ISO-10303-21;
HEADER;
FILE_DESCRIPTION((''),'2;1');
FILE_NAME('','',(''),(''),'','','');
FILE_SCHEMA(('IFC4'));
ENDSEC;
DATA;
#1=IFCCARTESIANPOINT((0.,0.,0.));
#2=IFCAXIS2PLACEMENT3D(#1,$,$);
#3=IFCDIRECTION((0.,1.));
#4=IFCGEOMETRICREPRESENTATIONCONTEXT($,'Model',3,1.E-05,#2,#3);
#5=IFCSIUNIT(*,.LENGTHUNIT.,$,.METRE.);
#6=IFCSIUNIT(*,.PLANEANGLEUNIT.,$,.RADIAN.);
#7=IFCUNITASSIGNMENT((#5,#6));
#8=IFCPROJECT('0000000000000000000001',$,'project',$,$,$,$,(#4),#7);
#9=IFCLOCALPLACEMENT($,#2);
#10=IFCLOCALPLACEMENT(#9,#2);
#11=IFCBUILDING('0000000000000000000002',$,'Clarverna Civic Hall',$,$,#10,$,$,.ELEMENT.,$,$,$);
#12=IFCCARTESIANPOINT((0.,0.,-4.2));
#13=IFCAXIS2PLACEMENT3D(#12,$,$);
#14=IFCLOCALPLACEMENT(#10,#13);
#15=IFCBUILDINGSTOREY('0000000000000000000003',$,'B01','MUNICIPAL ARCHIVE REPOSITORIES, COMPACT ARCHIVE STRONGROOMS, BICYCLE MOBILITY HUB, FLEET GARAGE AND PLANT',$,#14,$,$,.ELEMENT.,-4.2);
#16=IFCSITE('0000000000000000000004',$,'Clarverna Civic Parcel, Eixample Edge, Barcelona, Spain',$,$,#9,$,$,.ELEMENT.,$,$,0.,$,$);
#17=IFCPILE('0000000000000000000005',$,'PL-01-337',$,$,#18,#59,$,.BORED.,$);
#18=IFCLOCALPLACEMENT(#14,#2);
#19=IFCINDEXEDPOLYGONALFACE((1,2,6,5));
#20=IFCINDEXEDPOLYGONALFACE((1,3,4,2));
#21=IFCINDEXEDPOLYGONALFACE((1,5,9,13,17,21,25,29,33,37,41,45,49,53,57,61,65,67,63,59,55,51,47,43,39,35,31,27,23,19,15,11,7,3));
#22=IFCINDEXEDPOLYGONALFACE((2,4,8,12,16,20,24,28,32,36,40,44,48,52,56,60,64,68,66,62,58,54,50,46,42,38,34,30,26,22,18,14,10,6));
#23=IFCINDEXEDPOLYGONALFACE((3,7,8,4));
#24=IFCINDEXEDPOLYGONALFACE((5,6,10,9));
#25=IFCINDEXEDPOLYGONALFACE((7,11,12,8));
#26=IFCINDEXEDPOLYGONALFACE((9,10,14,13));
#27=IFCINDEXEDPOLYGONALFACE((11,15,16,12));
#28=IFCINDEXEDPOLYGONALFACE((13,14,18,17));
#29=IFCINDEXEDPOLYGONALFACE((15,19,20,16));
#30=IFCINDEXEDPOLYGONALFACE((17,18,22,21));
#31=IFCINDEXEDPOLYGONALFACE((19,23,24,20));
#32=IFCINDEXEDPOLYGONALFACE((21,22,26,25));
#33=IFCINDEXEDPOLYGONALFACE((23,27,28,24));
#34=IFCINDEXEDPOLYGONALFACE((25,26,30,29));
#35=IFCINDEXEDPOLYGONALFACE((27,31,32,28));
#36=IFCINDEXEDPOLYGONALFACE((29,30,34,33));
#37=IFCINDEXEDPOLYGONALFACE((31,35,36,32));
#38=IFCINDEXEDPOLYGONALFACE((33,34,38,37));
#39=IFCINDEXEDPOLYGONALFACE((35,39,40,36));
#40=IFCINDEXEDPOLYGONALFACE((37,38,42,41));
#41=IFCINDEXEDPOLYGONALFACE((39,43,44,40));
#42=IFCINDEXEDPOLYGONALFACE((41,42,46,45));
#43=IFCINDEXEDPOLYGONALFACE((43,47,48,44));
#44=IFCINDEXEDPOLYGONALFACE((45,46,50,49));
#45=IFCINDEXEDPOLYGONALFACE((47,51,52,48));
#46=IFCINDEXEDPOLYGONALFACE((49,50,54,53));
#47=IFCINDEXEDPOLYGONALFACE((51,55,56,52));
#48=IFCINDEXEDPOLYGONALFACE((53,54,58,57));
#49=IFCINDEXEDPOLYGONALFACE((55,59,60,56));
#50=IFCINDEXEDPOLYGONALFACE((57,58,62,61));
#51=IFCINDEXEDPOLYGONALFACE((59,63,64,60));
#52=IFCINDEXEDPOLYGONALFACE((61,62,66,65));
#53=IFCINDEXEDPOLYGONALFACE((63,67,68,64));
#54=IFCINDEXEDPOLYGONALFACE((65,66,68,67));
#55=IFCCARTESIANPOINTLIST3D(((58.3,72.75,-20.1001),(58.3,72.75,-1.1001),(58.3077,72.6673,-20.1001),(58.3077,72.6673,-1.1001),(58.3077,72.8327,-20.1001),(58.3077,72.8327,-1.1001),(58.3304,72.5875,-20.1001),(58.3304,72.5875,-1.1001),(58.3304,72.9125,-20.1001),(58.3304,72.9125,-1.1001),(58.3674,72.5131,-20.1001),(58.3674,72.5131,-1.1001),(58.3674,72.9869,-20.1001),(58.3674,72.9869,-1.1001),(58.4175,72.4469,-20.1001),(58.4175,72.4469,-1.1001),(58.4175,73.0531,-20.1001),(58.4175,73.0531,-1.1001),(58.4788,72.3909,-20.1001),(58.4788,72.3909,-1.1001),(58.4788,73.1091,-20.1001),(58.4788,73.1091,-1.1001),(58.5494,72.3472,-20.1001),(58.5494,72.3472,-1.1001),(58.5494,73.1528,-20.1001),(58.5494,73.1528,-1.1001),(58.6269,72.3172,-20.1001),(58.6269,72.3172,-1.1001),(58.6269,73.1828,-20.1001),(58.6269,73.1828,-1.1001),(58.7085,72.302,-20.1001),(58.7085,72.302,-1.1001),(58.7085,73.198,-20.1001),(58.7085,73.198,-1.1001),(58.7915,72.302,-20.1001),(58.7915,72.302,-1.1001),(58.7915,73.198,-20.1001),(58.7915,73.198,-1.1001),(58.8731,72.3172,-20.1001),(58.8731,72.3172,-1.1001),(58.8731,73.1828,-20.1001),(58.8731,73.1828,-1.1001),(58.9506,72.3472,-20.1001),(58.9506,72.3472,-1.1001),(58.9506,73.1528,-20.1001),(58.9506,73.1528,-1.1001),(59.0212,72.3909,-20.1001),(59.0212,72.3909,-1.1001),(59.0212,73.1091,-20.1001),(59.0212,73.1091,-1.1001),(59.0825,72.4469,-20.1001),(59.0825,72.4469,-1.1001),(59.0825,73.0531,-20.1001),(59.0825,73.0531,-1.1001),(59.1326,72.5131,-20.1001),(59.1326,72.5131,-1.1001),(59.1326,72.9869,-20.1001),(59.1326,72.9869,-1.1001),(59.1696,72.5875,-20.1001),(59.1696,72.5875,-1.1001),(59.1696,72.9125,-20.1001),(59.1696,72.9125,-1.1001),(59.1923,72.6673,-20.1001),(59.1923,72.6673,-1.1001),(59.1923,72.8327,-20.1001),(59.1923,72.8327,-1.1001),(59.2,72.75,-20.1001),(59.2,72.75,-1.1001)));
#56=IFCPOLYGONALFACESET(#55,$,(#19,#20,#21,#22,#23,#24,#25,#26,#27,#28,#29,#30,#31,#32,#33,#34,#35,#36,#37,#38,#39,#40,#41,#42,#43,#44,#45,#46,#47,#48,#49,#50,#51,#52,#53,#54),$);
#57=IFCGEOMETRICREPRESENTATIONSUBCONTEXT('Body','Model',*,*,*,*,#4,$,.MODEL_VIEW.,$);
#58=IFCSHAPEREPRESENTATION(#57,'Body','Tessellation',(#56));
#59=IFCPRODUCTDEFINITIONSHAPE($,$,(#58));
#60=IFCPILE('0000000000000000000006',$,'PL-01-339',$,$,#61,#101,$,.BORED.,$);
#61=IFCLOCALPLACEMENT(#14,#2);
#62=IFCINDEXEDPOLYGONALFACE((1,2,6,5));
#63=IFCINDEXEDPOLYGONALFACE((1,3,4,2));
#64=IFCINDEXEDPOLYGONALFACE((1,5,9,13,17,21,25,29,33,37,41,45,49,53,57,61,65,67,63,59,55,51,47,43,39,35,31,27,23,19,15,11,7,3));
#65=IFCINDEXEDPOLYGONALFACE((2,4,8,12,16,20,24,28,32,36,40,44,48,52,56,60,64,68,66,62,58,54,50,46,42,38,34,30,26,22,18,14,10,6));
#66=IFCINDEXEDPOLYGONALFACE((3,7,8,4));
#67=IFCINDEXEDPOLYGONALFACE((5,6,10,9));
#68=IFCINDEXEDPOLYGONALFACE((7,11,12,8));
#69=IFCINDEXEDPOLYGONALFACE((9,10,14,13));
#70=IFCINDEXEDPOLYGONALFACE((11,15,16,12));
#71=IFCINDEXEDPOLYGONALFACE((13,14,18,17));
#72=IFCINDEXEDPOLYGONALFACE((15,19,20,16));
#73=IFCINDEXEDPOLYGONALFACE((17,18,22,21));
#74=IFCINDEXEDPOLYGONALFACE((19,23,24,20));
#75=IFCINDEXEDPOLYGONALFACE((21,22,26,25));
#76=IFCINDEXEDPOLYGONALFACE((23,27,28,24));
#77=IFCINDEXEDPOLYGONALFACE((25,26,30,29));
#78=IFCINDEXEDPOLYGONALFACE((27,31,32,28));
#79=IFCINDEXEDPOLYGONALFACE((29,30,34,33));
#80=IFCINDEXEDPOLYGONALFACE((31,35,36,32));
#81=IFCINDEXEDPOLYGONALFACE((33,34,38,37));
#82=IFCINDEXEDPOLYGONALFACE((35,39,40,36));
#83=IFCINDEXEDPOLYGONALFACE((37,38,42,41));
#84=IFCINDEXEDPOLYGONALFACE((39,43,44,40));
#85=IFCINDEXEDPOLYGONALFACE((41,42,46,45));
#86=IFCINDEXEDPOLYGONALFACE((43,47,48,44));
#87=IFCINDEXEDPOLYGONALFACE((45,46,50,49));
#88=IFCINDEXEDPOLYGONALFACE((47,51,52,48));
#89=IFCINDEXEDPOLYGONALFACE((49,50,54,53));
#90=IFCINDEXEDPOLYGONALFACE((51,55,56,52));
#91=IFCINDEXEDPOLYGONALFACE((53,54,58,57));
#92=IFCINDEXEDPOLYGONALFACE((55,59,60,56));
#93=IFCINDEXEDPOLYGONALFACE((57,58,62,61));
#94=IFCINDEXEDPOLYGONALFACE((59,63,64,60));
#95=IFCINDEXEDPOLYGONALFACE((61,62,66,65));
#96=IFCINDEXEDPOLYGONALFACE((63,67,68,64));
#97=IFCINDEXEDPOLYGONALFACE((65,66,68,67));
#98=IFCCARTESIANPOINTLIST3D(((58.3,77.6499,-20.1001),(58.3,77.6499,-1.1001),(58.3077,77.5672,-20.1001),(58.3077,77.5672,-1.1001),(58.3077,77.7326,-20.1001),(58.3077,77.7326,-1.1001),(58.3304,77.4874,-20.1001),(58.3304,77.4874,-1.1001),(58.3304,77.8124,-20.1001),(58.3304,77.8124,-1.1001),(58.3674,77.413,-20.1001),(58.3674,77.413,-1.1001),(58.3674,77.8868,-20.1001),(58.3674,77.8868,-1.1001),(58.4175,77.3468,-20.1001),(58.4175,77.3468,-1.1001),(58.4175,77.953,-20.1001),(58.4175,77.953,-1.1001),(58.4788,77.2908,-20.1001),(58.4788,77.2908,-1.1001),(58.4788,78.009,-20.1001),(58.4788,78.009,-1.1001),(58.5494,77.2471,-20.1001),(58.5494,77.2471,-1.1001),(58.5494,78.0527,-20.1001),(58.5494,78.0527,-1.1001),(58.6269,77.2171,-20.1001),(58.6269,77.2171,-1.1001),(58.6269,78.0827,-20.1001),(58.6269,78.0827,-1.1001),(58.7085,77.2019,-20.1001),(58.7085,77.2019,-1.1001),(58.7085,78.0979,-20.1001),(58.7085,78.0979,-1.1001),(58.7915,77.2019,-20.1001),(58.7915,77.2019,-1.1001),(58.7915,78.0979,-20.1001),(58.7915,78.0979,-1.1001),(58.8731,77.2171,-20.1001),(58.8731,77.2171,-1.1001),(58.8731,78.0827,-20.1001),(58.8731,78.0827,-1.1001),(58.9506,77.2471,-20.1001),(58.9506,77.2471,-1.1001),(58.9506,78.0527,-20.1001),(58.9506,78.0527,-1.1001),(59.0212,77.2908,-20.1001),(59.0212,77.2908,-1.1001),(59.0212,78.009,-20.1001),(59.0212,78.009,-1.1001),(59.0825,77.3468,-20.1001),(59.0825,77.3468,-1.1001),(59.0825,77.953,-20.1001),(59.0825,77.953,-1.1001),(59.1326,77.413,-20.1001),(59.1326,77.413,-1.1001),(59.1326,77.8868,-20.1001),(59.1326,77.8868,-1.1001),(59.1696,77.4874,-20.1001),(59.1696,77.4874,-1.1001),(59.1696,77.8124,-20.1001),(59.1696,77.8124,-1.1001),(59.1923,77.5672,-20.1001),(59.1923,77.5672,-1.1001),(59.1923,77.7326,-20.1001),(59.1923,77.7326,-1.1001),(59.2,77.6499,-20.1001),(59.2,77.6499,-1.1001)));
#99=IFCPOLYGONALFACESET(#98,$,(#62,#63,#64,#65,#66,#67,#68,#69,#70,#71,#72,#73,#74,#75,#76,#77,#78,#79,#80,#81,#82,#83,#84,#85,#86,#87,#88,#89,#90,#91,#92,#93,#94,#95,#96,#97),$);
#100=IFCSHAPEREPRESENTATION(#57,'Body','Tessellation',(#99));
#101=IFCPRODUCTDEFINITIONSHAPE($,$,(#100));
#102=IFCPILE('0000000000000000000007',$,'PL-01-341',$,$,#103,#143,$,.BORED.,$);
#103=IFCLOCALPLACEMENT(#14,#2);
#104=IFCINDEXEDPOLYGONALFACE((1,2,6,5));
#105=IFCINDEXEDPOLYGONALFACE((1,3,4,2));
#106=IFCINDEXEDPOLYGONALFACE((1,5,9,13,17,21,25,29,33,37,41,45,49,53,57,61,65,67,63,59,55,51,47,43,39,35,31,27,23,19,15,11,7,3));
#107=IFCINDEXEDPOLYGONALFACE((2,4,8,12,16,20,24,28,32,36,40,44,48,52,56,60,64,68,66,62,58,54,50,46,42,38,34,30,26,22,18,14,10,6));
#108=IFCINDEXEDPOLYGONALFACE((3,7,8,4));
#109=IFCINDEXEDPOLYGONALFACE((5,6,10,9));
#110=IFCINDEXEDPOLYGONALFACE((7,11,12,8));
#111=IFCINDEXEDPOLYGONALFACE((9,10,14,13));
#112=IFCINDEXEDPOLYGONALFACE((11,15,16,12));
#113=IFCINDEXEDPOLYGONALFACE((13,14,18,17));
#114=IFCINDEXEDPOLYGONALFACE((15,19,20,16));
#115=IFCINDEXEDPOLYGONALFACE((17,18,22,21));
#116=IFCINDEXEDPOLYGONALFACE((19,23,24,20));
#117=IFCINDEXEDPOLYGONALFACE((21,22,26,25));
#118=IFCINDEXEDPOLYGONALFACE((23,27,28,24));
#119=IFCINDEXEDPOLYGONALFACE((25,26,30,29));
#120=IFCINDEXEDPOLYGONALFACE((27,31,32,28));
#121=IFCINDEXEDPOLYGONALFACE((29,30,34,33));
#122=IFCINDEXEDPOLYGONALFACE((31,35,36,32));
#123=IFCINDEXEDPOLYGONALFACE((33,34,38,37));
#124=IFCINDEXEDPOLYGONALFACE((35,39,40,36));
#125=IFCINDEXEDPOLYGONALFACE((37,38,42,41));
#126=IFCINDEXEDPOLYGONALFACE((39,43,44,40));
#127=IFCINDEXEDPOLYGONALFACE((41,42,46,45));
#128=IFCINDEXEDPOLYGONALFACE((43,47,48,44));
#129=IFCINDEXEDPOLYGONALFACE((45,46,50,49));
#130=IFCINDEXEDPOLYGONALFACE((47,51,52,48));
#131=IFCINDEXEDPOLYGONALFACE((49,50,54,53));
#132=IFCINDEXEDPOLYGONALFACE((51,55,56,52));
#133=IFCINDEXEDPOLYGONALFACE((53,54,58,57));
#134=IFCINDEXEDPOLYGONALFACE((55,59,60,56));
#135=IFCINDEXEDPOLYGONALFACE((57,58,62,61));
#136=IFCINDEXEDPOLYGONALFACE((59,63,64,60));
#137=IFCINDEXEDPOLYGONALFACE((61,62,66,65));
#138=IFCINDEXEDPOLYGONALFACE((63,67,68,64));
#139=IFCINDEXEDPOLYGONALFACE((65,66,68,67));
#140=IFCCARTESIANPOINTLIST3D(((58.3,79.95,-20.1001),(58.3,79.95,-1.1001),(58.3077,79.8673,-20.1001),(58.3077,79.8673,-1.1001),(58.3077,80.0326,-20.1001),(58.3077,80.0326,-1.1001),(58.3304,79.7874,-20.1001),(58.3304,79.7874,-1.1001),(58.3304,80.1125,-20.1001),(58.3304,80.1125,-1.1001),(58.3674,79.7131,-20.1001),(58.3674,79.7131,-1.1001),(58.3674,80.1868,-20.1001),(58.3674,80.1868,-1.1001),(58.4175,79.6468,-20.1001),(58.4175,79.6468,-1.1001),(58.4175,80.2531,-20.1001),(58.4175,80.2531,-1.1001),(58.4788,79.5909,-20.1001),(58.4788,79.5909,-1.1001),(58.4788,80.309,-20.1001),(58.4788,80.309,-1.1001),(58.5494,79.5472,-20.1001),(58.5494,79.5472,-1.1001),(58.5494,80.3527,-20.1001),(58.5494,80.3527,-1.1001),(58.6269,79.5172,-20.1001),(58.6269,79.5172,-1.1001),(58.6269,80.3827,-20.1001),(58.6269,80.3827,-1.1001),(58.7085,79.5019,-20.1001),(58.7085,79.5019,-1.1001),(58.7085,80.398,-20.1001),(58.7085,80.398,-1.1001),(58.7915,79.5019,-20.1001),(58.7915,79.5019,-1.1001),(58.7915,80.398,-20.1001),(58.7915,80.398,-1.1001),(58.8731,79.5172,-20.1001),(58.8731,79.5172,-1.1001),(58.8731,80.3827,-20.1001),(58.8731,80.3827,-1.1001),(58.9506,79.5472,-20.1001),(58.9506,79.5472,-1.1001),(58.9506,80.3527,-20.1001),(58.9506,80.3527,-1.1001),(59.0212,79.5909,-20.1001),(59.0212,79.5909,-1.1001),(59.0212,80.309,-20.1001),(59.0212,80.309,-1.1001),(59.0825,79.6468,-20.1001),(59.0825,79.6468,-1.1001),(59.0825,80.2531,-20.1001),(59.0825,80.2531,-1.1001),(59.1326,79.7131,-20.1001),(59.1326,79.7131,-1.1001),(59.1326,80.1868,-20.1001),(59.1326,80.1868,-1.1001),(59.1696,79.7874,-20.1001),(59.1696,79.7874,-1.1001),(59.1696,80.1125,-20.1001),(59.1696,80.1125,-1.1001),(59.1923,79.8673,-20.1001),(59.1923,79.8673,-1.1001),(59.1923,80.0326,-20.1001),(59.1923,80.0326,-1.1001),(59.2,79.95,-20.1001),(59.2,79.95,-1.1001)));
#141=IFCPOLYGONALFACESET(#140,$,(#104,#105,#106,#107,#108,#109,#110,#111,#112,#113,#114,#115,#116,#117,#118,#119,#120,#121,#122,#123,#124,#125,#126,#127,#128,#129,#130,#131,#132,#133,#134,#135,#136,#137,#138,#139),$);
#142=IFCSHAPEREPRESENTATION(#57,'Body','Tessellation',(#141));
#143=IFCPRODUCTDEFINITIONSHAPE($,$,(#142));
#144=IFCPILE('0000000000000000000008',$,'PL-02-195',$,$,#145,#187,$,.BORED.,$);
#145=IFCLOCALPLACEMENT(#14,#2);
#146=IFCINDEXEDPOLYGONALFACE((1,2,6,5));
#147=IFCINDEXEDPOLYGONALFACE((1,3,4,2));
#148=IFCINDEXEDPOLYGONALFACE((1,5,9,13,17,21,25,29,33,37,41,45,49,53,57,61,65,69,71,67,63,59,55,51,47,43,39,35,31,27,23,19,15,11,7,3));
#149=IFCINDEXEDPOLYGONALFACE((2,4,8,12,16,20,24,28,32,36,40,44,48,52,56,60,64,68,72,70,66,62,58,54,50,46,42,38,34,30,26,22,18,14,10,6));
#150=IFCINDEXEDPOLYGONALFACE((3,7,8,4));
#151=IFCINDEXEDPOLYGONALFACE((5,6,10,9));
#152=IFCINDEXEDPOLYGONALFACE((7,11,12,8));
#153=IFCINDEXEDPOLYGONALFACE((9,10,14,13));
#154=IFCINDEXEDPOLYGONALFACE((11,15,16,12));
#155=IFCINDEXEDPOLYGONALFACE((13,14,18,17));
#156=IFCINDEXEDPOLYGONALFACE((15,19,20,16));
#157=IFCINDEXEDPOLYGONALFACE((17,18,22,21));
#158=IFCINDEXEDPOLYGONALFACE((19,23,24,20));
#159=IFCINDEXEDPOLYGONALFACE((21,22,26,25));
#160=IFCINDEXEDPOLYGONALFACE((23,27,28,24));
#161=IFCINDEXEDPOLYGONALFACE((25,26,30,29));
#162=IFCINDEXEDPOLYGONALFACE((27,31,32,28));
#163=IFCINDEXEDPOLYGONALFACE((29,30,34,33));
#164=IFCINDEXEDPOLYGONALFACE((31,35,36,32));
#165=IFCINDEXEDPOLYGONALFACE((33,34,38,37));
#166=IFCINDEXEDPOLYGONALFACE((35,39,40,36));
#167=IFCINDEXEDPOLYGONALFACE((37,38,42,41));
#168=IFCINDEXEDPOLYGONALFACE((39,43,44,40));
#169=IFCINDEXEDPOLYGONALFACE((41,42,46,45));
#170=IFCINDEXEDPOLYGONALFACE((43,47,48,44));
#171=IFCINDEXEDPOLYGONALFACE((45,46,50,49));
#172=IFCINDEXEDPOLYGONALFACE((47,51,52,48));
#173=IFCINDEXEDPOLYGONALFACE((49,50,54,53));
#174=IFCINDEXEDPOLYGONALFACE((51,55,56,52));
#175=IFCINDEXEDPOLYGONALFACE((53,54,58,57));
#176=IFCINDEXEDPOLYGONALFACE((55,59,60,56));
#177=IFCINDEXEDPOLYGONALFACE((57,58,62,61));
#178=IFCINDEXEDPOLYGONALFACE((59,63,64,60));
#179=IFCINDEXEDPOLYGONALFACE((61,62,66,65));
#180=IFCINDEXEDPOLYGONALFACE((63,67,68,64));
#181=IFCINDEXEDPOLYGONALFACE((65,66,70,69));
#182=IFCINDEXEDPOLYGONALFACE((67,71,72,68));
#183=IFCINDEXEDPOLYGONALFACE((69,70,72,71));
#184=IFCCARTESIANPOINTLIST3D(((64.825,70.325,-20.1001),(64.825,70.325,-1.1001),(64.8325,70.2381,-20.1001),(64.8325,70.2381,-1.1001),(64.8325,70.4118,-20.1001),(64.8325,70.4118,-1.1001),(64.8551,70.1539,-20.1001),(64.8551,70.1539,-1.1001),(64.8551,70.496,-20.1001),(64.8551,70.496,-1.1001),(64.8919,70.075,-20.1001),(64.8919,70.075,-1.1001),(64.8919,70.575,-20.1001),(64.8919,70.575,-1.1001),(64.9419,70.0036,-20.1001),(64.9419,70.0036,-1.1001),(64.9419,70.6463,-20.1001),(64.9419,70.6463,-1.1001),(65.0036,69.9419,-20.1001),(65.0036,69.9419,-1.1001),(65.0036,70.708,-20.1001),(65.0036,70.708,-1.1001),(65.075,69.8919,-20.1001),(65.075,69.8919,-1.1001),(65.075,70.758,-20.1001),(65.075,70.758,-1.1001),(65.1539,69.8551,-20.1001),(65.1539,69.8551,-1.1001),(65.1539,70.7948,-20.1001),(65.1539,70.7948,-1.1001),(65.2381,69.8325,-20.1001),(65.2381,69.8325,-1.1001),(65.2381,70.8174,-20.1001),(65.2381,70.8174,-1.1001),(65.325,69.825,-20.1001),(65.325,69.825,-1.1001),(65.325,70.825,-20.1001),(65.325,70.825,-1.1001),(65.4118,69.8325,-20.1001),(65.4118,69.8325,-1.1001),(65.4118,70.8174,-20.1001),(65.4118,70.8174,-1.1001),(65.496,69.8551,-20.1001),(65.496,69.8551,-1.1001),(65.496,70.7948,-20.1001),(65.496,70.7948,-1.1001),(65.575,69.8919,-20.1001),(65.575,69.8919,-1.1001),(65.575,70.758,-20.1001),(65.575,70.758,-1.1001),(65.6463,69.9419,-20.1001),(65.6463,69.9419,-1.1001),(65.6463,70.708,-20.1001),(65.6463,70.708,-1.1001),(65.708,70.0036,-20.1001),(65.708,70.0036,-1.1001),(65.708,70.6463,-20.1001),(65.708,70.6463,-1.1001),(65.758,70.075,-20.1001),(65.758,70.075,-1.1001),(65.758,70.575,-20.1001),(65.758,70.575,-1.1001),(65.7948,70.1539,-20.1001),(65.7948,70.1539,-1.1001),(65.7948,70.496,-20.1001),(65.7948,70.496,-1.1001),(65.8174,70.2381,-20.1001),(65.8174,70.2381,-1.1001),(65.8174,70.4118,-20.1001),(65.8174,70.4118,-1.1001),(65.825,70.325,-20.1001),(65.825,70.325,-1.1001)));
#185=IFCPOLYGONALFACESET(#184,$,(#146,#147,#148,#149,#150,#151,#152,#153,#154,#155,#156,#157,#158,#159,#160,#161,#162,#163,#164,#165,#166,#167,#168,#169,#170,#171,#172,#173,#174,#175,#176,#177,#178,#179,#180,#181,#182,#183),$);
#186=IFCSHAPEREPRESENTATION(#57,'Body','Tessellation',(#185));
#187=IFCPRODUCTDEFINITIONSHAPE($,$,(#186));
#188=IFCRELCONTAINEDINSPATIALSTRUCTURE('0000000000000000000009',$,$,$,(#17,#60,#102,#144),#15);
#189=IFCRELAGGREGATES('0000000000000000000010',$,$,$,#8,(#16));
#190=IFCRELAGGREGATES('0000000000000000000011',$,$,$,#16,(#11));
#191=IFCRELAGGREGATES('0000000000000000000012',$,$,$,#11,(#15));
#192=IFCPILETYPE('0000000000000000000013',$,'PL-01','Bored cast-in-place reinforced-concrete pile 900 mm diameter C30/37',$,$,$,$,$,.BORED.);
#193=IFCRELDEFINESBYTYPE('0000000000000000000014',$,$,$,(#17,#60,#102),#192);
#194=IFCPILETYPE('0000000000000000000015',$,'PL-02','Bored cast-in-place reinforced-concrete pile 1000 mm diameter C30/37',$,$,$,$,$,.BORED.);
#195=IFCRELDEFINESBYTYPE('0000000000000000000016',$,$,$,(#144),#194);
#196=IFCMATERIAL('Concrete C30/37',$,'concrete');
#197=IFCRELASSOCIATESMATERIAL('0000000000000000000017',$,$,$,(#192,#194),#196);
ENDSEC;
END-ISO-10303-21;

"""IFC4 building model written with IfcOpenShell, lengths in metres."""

from ifc_helpers import new_model, si_unit, direction, frame, origin, origin_2d, place, context, subcontext, project, spatial, circle, extrude, material, material_profile, profile_set, type_object, element, save


model = new_model("IFC4")

# Units and contexts
model_context = context("Model", 3, precision=1e-05, world=origin(), true_north=direction((0.0, 1.0)))
body_context = subcontext(model_context, "Body", "Model", "MODEL_VIEW")
ifc_project = project(units=[si_unit("LENGTHUNIT", "METRE"), si_unit("PLANEANGLEUNIT", "RADIAN")], contexts=[model_context])

# Site, building, storey
site_placement = place(None, origin())
site = spatial("IfcSite", under=ifc_project, at=site_placement, Name="Clarverna Civic Parcel, Eixample Edge, Barcelona, Spain", CompositionType="ELEMENT", RefElevation=0.0)
building_placement = place(site_placement, origin())
building = spatial("IfcBuilding", under=site, at=building_placement, Name="Clarverna Civic Hall", CompositionType="ELEMENT")
storey_placement = place(building_placement, frame((0.0, 0.0, -4.2)))
storey = spatial("IfcBuildingStorey", under=building, at=storey_placement, Name="B01", Description="MUNICIPAL ARCHIVE REPOSITORIES, COMPACT ARCHIVE STRONGROOMS, BICYCLE MOBILITY HUB, FLEET GARAGE AND PLANT", CompositionType="ELEMENT", Elevation=-4.2)

# Shared definitions
ifc_material_1 = material(Name="Concrete C30/37", Category="concrete")

# Piles
ifc_material_profile_1 = material_profile(ifc_material_1, circle(Radius=0.45, at=origin_2d()), Name="BORED PILE D900")
ifc_profile_set_1 = profile_set([ifc_material_profile_1], Name="Concrete C30/37")
pile_type_1 = type_object("IfcPileType", Name="PL-01", Description="Bored cast-in-place reinforced-concrete pile 900 mm diameter C30/37", PredefinedType="BORED", material=ifc_profile_set_1)
for number, where, z_axis, x_axis, name in (
    (1, (58.75, 72.75, -1.1001), (0.0, 0.0, -1.0), (1.0, 0.0, 0.0), "PL-01-337"),
    (2, (58.75, 77.6499, -1.1001), (0.0, 0.0, -1.0), (1.0, 0.0, 0.0), "PL-01-339"),
    (3, (58.75, 79.95, -1.1001), (0.0, 0.0, -1.0), (1.0, 0.0, 0.0), "PL-01-341"),
):
    element("IfcPile", number, at=place(storey_placement, frame(where, z_axis=z_axis, x_axis=x_axis)), inside=storey, type_object=pile_type_1, Name=name, PredefinedType="BORED", context=body_context, shape_type="SweptSolid", body=[
        extrude(circle(Radius=0.45, at=origin_2d()), origin(), (0.0, 0.0, 1.0), 19.0),
    ])
ifc_material_profile_2 = material_profile(ifc_material_1, circle(Radius=0.5, at=origin_2d()), Name="BORED PILE D1000")
ifc_profile_set_2 = profile_set([ifc_material_profile_2], Name="Concrete C30/37")
pile_type_2 = type_object("IfcPileType", Name="PL-02", Description="Bored cast-in-place reinforced-concrete pile 1000 mm diameter C30/37", PredefinedType="BORED", material=ifc_profile_set_2)
for number, where, z_axis, x_axis, name in (
    (4, (65.325, 70.325, -1.1001), (0.0, 0.0, -1.0), (1.0, 0.0, 0.0), "PL-02-195"),
):
    element("IfcPile", number, at=place(storey_placement, frame(where, z_axis=z_axis, x_axis=x_axis)), inside=storey, type_object=pile_type_2, Name=name, PredefinedType="BORED", context=body_context, shape_type="SweptSolid", body=[
        extrude(circle(Radius=0.5, at=origin_2d()), origin(), (0.0, 0.0, 1.0), 19.0),
    ])

save(model, "model.ifc")
